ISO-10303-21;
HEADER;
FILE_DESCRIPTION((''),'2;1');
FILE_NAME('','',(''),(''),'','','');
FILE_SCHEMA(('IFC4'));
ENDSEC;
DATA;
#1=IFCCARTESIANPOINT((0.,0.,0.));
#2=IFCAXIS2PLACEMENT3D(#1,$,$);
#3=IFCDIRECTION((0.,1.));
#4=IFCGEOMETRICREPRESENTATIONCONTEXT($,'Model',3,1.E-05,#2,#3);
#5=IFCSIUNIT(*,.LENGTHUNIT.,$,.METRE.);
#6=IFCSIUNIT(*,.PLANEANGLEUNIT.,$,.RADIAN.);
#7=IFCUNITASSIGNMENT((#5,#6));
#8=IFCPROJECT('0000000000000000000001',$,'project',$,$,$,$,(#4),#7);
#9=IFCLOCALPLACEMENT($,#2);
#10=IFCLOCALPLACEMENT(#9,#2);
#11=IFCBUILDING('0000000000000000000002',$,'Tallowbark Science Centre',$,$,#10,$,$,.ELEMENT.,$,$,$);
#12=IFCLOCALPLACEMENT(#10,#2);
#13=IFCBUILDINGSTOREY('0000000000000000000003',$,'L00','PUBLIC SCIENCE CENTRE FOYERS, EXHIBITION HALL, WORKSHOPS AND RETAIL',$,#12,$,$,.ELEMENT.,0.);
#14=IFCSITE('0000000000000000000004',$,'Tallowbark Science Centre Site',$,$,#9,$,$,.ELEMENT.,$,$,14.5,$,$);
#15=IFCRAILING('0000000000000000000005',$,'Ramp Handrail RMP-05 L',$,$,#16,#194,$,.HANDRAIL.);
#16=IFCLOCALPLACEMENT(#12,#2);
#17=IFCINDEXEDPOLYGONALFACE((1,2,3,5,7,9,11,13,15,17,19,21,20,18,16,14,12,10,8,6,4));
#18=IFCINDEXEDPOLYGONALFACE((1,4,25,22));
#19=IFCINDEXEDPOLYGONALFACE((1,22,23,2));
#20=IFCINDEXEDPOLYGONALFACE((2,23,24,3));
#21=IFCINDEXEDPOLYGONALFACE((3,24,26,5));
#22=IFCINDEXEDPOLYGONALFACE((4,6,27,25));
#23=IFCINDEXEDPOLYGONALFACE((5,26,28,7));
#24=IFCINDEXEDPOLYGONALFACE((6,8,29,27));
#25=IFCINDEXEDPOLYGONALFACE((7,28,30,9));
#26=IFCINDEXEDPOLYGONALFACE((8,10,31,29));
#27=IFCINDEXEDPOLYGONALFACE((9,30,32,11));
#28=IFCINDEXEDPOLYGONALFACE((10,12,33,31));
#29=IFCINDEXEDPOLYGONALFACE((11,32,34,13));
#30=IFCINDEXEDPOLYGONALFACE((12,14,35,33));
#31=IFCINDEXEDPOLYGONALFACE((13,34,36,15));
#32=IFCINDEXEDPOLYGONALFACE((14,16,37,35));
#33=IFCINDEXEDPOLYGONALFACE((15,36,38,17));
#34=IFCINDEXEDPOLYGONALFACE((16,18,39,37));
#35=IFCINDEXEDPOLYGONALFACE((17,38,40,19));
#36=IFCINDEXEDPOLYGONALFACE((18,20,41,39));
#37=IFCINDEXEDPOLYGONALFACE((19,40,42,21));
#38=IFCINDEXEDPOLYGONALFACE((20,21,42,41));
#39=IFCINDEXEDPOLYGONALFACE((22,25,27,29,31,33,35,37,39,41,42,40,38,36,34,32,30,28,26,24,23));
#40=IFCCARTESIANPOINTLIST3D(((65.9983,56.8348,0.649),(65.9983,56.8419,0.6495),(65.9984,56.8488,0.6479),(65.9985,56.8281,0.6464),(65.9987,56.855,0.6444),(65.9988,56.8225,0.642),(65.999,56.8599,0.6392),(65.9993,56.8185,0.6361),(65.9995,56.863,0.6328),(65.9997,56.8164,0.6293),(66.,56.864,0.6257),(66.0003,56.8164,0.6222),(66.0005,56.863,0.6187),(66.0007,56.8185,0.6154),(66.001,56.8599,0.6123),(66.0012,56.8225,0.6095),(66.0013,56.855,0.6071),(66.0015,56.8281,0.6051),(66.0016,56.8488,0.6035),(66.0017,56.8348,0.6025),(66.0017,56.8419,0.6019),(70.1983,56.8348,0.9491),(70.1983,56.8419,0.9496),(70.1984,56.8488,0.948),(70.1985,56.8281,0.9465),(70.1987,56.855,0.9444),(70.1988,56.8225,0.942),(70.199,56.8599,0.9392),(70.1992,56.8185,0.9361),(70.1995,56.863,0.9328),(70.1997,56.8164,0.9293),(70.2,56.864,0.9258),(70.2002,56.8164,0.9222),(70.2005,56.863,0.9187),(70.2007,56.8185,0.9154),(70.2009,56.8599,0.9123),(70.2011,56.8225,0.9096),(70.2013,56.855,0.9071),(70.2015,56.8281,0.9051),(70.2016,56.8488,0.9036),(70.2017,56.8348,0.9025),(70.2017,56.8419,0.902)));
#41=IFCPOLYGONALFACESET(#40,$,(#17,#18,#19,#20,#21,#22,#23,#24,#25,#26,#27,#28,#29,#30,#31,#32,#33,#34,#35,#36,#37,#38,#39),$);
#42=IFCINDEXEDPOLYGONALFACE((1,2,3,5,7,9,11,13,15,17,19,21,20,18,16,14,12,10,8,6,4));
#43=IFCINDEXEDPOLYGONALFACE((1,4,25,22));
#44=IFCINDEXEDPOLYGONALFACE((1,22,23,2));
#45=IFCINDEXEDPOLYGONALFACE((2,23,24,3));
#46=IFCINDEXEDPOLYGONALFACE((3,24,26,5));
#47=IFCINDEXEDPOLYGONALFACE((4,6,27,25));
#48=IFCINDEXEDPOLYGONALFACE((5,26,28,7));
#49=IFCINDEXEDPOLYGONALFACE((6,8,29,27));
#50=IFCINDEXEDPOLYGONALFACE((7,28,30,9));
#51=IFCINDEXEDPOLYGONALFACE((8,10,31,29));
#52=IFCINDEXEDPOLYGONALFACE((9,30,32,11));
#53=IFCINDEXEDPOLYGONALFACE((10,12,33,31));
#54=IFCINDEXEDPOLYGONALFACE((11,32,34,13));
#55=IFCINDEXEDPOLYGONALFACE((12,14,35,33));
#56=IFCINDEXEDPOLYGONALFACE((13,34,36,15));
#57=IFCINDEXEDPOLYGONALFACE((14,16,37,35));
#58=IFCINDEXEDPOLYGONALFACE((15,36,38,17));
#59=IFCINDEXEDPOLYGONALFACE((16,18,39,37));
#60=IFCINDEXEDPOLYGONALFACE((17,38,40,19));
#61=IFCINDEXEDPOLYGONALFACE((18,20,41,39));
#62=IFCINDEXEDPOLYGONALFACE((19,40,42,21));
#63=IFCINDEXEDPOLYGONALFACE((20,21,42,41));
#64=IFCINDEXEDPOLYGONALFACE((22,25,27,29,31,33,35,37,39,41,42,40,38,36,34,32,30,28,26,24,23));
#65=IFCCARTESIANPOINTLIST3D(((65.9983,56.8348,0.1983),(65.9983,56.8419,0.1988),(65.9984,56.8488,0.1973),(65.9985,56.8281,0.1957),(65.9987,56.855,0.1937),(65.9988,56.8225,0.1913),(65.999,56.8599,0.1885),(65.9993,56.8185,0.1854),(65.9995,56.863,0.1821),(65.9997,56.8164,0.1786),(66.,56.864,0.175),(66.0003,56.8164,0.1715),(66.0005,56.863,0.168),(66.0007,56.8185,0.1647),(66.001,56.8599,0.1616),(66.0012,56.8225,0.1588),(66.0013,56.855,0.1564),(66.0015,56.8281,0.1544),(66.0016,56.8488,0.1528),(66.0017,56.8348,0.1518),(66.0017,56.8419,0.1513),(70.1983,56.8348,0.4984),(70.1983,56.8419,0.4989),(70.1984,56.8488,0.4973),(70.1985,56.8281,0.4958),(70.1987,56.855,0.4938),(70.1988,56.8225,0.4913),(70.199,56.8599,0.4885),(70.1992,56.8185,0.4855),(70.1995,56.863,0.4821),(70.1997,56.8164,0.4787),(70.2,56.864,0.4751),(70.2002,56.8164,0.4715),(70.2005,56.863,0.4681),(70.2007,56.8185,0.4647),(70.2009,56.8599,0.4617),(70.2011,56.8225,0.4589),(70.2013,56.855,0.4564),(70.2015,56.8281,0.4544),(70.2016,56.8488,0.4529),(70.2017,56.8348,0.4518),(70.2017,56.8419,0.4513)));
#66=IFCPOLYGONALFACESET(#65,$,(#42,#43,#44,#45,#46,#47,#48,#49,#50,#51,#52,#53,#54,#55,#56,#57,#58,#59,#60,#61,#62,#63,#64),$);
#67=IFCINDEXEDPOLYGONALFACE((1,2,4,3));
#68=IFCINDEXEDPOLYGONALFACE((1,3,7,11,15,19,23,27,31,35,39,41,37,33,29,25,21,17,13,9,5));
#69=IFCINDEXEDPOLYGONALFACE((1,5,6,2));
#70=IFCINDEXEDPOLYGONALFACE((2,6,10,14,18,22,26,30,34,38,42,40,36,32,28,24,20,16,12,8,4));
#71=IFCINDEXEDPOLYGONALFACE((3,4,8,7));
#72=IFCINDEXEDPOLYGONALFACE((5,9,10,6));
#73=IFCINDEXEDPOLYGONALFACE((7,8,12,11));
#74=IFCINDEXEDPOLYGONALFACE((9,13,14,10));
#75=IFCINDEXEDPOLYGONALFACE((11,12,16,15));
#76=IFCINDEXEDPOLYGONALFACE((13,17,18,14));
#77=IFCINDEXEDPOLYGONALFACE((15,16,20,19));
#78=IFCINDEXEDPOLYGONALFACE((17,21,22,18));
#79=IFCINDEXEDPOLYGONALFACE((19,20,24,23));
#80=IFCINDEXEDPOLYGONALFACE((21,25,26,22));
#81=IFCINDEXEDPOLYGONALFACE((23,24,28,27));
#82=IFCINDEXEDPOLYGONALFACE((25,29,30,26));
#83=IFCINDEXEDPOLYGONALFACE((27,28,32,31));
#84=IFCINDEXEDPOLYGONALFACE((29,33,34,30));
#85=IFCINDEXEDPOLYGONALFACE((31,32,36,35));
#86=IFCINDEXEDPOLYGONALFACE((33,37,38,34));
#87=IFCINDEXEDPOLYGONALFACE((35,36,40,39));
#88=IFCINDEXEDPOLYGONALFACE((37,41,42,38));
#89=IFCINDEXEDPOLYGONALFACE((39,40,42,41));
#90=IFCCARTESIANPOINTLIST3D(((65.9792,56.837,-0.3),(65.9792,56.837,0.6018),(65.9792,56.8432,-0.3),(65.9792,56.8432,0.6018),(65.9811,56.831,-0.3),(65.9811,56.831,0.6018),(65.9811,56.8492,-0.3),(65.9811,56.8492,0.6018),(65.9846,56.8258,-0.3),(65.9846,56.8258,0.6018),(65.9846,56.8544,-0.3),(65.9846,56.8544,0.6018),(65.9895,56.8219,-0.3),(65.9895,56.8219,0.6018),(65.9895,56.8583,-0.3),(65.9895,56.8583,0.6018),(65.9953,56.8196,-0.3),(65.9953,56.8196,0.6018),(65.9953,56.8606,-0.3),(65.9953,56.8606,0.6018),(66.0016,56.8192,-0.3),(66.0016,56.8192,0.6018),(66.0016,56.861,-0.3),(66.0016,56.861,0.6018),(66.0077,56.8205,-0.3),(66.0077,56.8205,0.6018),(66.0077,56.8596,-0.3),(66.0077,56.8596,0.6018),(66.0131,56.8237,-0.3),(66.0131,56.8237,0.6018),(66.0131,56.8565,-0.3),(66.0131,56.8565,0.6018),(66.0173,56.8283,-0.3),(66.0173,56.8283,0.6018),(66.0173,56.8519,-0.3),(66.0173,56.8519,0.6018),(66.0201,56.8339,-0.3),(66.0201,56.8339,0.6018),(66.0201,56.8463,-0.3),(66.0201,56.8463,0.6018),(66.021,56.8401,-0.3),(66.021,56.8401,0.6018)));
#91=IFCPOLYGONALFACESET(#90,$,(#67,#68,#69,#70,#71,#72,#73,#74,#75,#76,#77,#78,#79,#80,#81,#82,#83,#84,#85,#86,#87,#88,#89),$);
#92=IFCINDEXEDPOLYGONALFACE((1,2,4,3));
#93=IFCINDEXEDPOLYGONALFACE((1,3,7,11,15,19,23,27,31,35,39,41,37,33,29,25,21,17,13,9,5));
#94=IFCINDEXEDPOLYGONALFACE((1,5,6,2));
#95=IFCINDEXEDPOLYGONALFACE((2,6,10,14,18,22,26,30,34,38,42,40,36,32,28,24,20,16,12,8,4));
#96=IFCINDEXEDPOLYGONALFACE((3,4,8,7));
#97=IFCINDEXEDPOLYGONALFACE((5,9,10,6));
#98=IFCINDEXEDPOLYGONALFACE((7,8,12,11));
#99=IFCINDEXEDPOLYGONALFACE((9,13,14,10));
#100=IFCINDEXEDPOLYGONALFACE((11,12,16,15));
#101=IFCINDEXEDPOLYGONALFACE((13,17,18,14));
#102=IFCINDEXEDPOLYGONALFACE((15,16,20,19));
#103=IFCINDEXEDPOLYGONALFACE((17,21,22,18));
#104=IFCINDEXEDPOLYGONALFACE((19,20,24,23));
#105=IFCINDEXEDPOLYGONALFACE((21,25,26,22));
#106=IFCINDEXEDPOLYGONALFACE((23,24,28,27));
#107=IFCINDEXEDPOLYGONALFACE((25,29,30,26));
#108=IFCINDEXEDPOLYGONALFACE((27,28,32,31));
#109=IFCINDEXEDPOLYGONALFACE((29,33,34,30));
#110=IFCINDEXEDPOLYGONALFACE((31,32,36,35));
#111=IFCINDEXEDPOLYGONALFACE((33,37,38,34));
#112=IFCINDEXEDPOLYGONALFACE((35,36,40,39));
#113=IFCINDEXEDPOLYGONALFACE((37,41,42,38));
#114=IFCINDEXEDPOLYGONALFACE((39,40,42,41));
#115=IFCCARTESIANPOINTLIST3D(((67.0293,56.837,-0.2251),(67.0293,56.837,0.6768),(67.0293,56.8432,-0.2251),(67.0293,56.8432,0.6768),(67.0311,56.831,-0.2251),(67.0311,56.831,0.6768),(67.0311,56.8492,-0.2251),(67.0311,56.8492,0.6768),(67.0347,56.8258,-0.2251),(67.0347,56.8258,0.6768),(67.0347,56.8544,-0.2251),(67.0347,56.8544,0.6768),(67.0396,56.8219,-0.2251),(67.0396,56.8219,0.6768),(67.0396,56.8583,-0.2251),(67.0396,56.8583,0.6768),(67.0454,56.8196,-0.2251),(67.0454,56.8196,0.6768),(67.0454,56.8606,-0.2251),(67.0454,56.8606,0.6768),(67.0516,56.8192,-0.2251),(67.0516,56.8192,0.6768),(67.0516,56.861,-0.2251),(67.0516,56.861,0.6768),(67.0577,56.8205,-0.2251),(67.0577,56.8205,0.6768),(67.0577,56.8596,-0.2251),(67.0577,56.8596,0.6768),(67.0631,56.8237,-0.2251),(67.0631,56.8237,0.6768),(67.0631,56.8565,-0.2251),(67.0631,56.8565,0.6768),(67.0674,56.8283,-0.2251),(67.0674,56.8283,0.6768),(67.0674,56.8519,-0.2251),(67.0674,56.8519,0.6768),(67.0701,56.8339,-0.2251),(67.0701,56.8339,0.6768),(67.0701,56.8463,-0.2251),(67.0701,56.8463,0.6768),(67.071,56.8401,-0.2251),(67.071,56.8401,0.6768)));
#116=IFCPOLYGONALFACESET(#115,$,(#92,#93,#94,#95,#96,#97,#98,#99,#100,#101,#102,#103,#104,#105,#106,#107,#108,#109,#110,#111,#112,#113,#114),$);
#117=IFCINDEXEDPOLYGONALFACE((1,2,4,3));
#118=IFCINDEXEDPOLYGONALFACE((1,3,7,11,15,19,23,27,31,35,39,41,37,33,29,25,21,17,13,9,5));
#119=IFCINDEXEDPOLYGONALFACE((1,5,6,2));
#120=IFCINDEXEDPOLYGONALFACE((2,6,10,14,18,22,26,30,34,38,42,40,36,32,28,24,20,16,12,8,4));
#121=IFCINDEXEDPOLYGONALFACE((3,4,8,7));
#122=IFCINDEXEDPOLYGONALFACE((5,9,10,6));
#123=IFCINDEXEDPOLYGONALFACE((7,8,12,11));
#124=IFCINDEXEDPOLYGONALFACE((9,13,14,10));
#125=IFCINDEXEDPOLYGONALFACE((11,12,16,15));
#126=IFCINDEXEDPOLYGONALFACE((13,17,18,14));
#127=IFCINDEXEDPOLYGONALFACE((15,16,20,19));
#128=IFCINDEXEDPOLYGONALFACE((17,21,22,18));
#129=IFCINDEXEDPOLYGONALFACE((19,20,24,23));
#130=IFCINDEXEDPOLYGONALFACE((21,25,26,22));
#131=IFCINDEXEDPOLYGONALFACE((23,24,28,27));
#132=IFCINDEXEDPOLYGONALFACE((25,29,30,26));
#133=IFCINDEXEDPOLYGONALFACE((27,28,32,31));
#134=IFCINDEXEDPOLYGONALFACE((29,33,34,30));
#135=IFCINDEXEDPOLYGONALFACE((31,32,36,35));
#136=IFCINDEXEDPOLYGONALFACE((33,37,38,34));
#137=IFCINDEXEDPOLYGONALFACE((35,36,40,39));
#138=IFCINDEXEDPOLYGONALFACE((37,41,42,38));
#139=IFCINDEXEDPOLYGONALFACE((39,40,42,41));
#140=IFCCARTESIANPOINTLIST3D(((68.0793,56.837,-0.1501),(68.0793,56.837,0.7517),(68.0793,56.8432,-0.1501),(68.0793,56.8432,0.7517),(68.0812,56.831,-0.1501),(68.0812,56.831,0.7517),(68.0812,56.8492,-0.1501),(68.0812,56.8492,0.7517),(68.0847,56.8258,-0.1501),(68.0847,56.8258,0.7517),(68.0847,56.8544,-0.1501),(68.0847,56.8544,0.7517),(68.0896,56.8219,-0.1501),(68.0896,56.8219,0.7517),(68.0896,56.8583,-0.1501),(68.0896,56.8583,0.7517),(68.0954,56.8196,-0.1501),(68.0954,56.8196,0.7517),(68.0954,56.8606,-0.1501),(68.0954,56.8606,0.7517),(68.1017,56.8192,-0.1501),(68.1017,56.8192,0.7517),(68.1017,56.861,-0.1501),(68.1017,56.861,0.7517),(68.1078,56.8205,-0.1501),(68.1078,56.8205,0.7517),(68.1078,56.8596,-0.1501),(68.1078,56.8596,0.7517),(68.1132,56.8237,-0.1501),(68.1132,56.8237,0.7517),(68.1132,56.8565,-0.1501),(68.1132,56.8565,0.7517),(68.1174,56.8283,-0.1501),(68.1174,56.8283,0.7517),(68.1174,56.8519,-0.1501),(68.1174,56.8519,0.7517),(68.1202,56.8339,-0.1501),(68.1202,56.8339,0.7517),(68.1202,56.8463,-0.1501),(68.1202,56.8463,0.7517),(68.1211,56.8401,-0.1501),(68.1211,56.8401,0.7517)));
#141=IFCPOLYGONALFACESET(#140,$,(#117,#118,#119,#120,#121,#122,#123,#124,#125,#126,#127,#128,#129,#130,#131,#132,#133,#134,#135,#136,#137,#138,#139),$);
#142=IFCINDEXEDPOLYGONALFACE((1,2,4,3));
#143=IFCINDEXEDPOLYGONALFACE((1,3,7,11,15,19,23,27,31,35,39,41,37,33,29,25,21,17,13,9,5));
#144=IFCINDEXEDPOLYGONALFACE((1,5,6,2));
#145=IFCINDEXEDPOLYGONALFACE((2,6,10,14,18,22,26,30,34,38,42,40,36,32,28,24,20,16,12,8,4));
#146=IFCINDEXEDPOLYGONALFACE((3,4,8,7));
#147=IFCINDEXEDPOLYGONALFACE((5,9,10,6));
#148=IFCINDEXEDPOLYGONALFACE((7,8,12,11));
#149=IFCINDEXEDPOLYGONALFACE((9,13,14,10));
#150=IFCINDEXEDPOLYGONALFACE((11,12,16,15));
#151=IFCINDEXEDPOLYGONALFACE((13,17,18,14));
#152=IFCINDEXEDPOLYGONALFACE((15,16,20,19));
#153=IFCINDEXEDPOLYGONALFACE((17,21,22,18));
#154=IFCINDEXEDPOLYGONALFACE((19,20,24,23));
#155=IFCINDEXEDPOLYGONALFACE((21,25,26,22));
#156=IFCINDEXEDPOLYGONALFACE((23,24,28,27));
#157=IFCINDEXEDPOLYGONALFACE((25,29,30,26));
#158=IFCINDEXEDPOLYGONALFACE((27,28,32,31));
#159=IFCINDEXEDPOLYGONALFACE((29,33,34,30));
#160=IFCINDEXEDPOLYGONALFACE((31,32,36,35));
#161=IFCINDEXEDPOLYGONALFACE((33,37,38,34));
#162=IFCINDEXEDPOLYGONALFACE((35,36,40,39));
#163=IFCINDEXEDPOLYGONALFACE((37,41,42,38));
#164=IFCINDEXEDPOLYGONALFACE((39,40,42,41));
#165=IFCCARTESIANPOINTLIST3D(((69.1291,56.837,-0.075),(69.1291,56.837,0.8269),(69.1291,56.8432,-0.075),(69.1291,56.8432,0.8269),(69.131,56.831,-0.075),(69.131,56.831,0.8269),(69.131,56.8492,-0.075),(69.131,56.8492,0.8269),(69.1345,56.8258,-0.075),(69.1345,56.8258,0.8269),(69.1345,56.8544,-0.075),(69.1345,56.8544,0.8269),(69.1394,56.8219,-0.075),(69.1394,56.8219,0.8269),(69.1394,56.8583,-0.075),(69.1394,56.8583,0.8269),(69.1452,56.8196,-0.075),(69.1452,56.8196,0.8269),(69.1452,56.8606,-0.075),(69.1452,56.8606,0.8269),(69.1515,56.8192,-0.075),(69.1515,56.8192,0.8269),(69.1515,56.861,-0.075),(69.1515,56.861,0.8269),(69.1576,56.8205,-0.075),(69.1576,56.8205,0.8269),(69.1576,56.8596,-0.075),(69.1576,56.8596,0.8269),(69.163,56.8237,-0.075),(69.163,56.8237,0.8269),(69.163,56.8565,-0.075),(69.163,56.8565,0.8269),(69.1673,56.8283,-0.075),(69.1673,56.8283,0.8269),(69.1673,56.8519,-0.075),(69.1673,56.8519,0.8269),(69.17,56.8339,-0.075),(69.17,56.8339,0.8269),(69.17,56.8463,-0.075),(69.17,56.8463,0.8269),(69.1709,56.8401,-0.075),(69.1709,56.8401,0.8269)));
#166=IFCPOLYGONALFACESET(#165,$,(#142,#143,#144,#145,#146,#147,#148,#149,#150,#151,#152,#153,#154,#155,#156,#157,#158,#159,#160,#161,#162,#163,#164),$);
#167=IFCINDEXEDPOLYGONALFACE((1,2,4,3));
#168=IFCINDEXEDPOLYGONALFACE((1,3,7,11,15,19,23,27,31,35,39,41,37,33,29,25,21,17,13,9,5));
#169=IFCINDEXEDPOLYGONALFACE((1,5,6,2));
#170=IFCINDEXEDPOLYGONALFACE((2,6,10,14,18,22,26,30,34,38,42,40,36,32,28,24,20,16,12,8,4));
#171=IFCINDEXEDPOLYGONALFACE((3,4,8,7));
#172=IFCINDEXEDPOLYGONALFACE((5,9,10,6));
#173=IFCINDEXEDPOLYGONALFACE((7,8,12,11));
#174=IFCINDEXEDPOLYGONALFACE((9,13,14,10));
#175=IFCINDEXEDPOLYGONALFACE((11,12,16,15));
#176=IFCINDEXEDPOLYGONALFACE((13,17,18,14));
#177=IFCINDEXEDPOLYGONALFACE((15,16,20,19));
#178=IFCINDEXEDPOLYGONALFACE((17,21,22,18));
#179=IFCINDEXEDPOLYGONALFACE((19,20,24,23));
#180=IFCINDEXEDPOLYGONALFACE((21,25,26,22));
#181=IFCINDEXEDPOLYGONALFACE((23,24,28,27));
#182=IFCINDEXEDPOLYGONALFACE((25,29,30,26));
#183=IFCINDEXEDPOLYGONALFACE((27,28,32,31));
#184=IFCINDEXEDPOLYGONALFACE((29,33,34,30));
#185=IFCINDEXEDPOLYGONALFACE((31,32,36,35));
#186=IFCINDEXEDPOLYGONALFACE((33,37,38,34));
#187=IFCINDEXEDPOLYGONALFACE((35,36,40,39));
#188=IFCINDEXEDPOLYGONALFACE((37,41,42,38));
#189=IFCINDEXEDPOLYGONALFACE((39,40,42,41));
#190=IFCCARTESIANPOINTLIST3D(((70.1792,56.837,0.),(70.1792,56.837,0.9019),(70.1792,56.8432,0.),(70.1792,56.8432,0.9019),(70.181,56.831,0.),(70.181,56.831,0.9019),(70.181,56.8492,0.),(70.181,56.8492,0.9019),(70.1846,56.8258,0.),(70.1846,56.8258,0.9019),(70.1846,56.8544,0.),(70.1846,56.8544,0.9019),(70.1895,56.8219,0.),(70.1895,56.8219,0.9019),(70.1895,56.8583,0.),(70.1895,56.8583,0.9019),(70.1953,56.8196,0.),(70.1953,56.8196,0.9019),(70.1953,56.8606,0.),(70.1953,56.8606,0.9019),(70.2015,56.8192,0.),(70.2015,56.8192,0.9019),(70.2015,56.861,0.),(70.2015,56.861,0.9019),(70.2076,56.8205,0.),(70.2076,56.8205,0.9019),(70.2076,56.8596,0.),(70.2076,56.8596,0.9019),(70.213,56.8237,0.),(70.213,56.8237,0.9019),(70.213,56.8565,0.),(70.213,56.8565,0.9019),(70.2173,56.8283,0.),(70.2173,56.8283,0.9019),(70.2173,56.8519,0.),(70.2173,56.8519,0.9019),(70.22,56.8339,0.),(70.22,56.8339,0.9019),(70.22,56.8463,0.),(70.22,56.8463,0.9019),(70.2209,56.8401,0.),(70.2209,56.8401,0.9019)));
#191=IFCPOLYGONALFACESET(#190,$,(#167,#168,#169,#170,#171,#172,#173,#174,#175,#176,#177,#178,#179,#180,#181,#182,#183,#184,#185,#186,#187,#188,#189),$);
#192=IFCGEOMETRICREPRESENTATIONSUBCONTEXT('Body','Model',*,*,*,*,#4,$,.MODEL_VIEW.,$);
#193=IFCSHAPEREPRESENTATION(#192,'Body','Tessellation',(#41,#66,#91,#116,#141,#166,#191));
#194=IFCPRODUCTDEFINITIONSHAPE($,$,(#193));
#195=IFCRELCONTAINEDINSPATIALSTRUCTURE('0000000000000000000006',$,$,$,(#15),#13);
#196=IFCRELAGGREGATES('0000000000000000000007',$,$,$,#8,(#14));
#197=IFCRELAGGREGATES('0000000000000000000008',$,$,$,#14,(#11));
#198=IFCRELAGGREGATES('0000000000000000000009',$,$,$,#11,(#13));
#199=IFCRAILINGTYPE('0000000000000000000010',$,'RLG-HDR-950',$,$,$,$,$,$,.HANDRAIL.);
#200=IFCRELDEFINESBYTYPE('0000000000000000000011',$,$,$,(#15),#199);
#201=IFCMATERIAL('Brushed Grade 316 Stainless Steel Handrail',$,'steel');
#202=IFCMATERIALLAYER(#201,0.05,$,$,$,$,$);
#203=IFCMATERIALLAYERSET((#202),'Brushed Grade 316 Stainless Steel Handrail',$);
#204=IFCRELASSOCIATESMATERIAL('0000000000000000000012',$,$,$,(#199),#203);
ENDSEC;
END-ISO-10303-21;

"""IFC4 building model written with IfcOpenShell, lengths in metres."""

from ifc_helpers import new_model, si_unit, direction, frame, origin, origin_2d, place, context, subcontext, project, spatial, circle, extrude, material, layer, layer_set, type_object, element, save


model = new_model("IFC4")

# Units and contexts
model_context = context("Model", 3, precision=1e-05, world=origin(), true_north=direction((0.0, 1.0)))
body_context = subcontext(model_context, "Body", "Model", "MODEL_VIEW")
ifc_project = project(units=[si_unit("LENGTHUNIT", "METRE"), si_unit("PLANEANGLEUNIT", "RADIAN")], contexts=[model_context])

# Site, building, storey
site_placement = place(None, origin())
site = spatial("IfcSite", under=ifc_project, at=site_placement, Name="Tallowbark Science Centre Site", CompositionType="ELEMENT", RefElevation=14.5)
building_placement = place(site_placement, origin())
building = spatial("IfcBuilding", under=site, at=building_placement, Name="Tallowbark Science Centre", CompositionType="ELEMENT")
storey_placement = place(building_placement, origin())
storey = spatial("IfcBuildingStorey", under=building, at=storey_placement, Name="L00", Description="PUBLIC SCIENCE CENTRE FOYERS, EXHIBITION HALL, WORKSHOPS AND RETAIL", CompositionType="ELEMENT", Elevation=0.0)

# Railing
ifc_material_1 = material(Name="Brushed Grade 316 Stainless Steel Handrail", Category="steel")
ifc_layer_1 = layer(ifc_material_1, 0.05)
ifc_layer_set_1 = layer_set([ifc_layer_1], Name="Brushed Grade 316 Stainless Steel Handrail")
railing_type = type_object("IfcRailingType", Name="RLG-HDR-950", PredefinedType="HANDRAIL", material=ifc_layer_set_1)
for number, where, name in (
    (1, (66.0, 56.8401, -0.3), "Ramp Handrail RMP-05 L"),
):
    element("IfcRailing", number, at=place(storey_placement, frame(where)), inside=storey, type_object=railing_type, Name=name, PredefinedType="HANDRAIL", context=body_context, shape_type="SweptSolid", body=[
        extrude(circle(Radius=0.0239, at=origin_2d()), frame((0.0, 0.0, 0.9258), z_axis=(0.997458, 0.0, 0.071259), x_axis=(0.0, 1.0, 0.0)), (0.0, 0.0, 1.0), 4.2107),
        extrude(circle(Radius=0.0239, at=origin_2d()), frame((0.0, 0.0, 0.4751), z_axis=(0.997458, 0.0, 0.071259), x_axis=(0.0, 1.0, 0.0)), (0.0, 0.0, 1.0), 4.2107),
        extrude(circle(Radius=0.021, at=origin_2d()), origin(), (0.0, 0.0, 1.0), 0.9019),
        extrude(circle(Radius=0.021, at=origin_2d()), frame((1.05, 0.0, 0.075)), (0.0, 0.0, 1.0), 0.9019),
        extrude(circle(Radius=0.021, at=origin_2d()), frame((2.1001, 0.0, 0.1499)), (0.0, 0.0, 1.0), 0.9019),
        extrude(circle(Radius=0.021, at=origin_2d()), frame((3.1499, 0.0, 0.2251)), (0.0, 0.0, 1.0), 0.9019),
        extrude(circle(Radius=0.021, at=origin_2d()), frame((4.2, 0.0, 0.3)), (0.0, 0.0, 1.0), 0.9019),
    ])

save(model, "model.ifc")
